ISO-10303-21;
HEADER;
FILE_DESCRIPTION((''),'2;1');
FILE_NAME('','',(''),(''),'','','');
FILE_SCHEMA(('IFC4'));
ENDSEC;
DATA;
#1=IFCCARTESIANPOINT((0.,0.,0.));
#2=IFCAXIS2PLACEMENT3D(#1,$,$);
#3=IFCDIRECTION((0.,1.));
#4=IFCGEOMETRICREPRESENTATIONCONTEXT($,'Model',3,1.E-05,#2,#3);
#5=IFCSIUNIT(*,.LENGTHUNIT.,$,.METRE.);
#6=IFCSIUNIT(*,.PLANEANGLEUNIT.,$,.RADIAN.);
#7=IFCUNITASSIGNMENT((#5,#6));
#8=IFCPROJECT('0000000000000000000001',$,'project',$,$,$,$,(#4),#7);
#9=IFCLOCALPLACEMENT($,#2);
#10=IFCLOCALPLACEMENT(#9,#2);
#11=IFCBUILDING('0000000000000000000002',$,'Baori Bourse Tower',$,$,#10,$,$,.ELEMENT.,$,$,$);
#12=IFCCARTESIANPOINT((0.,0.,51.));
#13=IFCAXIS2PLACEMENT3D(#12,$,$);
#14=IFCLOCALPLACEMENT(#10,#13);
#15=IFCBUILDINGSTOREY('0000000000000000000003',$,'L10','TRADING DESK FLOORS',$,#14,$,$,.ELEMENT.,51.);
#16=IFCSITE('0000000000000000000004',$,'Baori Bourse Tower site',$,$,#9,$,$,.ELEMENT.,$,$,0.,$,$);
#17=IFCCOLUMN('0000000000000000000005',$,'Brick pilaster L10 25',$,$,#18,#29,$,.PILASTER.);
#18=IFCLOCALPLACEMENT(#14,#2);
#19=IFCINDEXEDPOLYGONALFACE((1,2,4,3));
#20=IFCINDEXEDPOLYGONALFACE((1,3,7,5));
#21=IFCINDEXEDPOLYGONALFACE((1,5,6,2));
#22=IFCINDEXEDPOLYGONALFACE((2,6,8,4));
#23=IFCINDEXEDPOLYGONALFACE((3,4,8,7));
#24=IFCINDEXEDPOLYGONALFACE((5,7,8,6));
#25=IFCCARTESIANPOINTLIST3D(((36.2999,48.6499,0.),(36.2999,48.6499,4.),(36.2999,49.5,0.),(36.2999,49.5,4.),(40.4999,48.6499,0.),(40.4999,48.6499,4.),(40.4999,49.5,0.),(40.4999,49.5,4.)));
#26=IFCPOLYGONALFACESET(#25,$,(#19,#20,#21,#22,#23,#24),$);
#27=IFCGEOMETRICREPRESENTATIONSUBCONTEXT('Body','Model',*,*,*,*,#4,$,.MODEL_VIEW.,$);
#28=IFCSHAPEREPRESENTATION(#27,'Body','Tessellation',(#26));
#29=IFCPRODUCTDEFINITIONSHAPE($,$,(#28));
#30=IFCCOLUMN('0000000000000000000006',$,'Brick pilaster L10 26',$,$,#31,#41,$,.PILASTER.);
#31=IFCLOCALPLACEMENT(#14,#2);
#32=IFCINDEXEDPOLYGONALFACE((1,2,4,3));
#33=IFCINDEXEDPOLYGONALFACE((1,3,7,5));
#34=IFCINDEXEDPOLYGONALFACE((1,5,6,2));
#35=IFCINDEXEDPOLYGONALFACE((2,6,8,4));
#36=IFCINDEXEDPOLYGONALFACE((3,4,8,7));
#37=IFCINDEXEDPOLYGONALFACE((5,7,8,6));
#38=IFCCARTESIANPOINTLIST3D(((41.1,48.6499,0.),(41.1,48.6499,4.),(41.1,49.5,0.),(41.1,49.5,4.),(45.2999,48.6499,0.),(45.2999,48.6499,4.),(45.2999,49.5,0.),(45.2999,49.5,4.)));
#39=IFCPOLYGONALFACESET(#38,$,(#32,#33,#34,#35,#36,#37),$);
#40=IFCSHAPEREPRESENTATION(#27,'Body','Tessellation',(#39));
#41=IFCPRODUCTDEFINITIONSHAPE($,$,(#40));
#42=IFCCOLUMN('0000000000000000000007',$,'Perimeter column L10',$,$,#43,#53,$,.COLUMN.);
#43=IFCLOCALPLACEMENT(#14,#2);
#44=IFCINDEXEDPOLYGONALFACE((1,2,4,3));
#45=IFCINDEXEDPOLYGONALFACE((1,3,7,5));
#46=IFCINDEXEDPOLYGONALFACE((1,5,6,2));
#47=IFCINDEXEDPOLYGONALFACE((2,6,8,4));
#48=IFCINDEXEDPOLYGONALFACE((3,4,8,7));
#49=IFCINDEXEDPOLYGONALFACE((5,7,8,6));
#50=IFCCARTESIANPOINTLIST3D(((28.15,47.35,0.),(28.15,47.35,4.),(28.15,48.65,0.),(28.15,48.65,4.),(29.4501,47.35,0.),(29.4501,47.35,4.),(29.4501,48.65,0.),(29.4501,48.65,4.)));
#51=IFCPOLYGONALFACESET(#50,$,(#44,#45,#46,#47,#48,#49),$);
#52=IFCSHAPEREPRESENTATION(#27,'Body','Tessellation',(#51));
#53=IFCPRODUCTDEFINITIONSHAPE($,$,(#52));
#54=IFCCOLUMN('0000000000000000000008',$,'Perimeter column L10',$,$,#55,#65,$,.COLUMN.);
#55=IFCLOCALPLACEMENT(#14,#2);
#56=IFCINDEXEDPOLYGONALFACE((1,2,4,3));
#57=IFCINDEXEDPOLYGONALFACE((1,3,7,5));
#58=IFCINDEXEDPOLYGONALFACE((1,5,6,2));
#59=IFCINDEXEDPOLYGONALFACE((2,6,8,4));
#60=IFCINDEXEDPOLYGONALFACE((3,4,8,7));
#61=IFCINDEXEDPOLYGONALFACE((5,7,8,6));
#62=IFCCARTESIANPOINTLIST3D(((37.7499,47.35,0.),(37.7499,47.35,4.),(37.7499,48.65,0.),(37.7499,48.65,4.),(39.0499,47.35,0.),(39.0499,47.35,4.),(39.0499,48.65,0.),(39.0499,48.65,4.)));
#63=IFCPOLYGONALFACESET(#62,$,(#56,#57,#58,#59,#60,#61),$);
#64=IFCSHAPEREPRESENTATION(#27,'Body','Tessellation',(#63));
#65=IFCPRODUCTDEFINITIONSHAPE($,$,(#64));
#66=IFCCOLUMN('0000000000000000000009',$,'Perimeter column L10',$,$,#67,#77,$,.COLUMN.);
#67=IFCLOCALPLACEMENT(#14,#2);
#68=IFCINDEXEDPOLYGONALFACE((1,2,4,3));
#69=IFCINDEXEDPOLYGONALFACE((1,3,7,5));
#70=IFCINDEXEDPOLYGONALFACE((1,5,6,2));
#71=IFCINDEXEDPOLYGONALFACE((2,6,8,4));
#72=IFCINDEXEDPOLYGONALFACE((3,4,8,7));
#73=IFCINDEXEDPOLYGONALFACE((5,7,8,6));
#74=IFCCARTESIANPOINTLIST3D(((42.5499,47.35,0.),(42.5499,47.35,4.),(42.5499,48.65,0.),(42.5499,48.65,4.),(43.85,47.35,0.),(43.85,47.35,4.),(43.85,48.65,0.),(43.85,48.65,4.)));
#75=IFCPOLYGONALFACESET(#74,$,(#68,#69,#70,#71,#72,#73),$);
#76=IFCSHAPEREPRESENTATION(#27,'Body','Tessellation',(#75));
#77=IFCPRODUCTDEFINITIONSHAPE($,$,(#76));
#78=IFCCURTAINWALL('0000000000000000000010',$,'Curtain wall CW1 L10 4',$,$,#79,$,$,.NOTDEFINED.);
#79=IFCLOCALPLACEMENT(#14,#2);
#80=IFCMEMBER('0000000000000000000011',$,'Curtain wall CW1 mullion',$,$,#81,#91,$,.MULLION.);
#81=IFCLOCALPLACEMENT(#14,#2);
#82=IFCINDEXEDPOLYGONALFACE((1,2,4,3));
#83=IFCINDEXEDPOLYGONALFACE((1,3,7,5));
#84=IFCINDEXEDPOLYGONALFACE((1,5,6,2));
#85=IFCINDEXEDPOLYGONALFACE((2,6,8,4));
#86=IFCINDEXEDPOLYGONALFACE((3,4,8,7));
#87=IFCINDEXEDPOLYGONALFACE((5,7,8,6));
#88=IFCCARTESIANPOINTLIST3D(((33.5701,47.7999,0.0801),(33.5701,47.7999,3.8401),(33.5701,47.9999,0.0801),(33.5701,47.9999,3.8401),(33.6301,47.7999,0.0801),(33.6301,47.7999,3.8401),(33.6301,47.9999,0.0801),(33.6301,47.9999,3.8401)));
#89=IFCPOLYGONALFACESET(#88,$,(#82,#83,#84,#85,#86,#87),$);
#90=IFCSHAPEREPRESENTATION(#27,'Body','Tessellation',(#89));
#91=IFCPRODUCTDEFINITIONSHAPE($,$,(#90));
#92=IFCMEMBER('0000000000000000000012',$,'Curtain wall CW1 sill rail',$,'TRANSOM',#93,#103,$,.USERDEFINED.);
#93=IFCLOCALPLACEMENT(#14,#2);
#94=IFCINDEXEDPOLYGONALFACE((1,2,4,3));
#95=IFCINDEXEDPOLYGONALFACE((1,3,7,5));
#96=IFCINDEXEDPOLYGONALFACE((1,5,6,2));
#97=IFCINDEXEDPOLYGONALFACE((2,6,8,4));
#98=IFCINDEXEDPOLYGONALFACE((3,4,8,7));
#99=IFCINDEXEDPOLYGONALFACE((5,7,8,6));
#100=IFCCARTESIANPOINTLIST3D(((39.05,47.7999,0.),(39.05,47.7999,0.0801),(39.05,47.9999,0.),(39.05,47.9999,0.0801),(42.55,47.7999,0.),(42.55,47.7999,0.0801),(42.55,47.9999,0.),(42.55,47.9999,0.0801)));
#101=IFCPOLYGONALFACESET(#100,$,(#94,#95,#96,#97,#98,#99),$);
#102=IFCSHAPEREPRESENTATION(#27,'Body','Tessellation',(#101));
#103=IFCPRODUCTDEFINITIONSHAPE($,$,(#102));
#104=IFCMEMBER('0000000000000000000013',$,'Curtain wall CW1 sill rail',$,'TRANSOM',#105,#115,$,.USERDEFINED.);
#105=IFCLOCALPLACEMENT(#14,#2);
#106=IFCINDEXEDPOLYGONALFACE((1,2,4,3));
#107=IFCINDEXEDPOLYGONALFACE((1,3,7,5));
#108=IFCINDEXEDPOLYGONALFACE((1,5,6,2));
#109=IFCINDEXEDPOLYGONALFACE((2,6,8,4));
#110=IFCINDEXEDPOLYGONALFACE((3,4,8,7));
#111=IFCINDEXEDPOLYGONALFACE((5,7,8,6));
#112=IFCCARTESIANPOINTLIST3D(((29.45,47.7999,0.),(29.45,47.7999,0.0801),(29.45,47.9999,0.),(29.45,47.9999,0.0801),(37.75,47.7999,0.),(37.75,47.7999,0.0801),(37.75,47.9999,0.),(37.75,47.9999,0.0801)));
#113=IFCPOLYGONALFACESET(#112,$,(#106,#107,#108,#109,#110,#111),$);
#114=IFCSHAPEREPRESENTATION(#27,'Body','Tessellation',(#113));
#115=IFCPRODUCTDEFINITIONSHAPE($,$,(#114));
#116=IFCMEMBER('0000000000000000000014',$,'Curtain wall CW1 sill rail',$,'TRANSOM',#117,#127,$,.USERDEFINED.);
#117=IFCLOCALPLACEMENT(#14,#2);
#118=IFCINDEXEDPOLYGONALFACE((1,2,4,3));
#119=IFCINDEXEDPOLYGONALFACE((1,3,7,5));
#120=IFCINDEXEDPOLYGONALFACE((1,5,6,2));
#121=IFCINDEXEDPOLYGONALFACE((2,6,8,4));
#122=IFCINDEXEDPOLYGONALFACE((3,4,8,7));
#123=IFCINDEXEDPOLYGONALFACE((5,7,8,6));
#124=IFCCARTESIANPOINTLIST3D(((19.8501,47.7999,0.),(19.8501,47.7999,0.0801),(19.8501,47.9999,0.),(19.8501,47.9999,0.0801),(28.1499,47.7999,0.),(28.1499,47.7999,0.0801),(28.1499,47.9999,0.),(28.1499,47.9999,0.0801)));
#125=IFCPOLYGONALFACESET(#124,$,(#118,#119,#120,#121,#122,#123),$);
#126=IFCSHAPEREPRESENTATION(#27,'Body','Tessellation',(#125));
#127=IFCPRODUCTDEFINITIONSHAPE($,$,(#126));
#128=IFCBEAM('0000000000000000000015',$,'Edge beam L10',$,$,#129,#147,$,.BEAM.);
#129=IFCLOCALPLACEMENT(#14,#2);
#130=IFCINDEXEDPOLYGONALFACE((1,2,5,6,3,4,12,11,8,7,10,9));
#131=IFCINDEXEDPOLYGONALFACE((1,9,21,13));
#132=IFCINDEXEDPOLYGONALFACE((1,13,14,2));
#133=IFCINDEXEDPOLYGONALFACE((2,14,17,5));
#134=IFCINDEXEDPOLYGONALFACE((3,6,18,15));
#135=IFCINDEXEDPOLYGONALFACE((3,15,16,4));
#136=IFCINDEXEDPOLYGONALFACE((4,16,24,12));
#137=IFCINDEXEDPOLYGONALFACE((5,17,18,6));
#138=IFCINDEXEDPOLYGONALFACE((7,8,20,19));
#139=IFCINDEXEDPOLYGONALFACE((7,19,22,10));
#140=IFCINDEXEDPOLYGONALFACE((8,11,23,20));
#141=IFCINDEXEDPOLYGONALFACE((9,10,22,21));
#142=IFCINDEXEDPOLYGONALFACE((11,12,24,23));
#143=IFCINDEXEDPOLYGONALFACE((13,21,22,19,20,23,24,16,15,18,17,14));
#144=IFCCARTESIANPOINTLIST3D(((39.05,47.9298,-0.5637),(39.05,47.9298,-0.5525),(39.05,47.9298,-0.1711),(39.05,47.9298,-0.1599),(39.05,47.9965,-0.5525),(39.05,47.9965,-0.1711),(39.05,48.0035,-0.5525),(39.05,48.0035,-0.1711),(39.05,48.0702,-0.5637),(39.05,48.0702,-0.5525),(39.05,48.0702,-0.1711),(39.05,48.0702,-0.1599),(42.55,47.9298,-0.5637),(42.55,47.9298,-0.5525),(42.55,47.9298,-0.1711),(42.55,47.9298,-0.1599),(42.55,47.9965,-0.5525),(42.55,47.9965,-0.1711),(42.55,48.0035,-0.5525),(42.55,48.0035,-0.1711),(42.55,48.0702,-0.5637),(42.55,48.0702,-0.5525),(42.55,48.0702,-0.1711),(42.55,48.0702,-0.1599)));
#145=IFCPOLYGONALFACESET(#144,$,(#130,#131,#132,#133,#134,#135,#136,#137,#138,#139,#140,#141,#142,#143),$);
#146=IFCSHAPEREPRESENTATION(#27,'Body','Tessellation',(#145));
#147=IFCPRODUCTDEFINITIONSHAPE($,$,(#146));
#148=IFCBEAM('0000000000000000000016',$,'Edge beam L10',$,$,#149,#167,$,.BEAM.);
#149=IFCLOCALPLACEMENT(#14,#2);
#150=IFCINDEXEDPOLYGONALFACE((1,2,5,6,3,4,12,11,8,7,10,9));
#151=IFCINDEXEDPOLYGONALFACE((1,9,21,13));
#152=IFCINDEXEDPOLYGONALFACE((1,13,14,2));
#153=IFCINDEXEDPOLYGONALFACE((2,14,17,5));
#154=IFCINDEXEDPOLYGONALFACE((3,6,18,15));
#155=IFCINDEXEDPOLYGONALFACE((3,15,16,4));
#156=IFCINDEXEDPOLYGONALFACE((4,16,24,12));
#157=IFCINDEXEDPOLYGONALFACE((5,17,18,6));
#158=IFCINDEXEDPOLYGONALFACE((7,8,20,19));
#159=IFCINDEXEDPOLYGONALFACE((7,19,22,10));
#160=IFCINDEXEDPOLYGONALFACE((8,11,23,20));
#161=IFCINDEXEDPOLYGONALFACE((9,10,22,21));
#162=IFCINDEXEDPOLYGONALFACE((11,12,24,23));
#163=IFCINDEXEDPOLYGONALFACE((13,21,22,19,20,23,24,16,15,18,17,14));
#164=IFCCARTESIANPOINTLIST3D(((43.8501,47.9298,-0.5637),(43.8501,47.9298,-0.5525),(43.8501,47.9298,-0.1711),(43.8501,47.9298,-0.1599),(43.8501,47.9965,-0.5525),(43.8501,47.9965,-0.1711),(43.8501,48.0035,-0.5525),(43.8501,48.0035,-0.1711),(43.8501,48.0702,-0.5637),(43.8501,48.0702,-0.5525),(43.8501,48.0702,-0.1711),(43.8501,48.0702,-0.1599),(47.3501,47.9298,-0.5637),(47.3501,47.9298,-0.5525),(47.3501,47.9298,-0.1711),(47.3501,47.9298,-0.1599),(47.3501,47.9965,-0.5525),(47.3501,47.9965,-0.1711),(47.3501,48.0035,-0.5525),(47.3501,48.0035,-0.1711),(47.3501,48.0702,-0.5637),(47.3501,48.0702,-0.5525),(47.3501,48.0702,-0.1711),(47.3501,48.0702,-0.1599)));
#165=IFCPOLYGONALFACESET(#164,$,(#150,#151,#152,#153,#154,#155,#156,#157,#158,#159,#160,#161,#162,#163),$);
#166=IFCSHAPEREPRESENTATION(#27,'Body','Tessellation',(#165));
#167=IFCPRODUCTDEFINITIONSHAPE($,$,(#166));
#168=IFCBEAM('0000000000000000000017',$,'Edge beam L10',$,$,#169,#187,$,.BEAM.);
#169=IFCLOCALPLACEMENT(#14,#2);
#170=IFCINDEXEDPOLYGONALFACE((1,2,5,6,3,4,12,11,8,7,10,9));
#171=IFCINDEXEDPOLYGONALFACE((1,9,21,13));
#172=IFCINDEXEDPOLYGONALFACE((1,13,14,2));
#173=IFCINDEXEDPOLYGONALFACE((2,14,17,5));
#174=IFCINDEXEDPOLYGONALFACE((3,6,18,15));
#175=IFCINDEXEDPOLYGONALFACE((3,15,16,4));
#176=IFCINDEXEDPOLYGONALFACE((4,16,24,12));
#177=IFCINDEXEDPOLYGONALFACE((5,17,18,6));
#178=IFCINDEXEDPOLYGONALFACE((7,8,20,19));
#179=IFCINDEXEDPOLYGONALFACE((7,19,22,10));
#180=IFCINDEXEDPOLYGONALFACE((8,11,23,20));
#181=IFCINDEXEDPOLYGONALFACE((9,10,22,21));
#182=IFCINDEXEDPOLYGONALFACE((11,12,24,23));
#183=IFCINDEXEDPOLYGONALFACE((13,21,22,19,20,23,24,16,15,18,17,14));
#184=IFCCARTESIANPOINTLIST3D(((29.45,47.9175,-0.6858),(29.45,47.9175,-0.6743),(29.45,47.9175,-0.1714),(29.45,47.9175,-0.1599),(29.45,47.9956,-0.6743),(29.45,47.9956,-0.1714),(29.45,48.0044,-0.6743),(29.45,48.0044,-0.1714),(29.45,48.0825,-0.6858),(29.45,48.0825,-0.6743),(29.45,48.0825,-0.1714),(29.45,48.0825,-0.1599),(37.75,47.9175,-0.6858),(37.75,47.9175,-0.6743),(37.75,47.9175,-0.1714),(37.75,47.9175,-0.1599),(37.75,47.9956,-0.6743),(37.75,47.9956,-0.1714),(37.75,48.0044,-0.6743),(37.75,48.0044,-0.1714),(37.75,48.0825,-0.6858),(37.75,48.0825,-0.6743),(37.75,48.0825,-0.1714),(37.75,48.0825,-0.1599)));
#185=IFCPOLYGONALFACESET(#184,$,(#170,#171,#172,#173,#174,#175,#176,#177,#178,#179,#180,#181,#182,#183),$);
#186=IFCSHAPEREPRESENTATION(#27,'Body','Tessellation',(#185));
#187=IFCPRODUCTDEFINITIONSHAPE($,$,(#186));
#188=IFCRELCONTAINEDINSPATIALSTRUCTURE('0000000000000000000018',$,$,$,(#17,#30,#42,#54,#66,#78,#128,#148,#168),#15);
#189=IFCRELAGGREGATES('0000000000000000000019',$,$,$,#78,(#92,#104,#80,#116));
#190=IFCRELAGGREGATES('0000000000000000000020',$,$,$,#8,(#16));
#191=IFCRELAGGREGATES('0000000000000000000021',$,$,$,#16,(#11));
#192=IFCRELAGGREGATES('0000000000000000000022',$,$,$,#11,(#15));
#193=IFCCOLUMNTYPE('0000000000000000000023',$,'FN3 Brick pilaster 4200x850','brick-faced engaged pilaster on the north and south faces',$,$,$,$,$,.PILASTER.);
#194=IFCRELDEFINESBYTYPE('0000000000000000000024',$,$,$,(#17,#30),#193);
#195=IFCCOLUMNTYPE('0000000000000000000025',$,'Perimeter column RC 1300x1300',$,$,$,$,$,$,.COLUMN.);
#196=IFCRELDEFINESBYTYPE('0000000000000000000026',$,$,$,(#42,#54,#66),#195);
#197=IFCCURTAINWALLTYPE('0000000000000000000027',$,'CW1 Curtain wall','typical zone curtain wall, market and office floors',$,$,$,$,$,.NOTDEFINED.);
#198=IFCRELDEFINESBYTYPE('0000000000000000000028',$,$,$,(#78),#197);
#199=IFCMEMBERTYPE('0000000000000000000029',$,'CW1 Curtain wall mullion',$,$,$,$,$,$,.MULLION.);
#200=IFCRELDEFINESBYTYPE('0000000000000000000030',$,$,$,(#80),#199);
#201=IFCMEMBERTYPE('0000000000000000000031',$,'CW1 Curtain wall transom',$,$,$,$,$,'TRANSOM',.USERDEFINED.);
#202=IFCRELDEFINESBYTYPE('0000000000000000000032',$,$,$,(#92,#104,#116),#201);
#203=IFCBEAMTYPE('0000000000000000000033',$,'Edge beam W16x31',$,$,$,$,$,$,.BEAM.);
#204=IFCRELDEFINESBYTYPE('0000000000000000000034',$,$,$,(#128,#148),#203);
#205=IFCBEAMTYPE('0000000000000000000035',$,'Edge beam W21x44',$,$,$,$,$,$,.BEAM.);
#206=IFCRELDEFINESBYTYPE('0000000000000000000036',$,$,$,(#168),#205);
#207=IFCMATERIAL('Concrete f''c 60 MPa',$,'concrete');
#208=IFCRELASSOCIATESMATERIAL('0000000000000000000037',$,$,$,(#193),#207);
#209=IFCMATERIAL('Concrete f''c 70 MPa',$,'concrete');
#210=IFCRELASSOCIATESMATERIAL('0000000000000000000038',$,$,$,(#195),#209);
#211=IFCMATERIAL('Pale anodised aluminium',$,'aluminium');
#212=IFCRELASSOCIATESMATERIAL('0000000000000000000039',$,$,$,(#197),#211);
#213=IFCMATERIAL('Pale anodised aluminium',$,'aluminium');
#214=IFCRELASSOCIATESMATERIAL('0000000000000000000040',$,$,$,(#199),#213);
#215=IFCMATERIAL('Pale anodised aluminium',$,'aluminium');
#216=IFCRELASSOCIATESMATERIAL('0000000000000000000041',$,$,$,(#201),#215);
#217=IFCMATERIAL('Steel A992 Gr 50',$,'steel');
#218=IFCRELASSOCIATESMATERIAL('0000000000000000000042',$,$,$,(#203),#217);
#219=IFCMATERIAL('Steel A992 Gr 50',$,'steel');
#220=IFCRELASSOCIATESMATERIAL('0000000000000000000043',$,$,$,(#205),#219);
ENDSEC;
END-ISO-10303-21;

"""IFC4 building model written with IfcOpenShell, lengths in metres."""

from ifc_helpers import new_model, si_unit, direction, frame, origin, origin_2d, place, context, subcontext, project, spatial, rectangle, i_section, extrude, material, material_profile, profile_set, type_object, element, aggregate, save


model = new_model("IFC4")

# Units and contexts
model_context = context("Model", 3, precision=1e-05, world=origin(), true_north=direction((0.0, 1.0)))
body_context = subcontext(model_context, "Body", "Model", "MODEL_VIEW")
ifc_project = project(units=[si_unit("LENGTHUNIT", "METRE"), si_unit("PLANEANGLEUNIT", "RADIAN")], contexts=[model_context])

# Site, building, storey
site_placement = place(None, origin())
site = spatial("IfcSite", under=ifc_project, at=site_placement, Name="Baori Bourse Tower site", CompositionType="ELEMENT", RefElevation=0.0)
building_placement = place(site_placement, origin())
building = spatial("IfcBuilding", under=site, at=building_placement, Name="Baori Bourse Tower", CompositionType="ELEMENT")
storey_placement = place(building_placement, frame((0.0, 0.0, 51.0)))
storey = spatial("IfcBuildingStorey", under=building, at=storey_placement, Name="L10", Description="TRADING DESK FLOORS", CompositionType="ELEMENT", Elevation=51.0)

# Columns
ifc_material_1 = material(Name="Concrete f'c 60 MPa", Category="concrete")
ifc_material_profile_1 = material_profile(ifc_material_1, rectangle(XDim=4.2, YDim=0.8501, at=origin_2d()), Name="RC 4200x850")
ifc_profile_set_1 = profile_set([ifc_material_profile_1], Name="Concrete f'c 60 MPa")
column_type_1 = type_object("IfcColumnType", Name="FN3 Brick pilaster 4200x850", Description="brick-faced engaged pilaster on the north and south faces", PredefinedType="PILASTER", material=ifc_profile_set_1)
for number, where, z_axis, x_axis, name in (
    (1, (38.3999, 49.075, 0.0), (0.0, 0.0, 1.0), (1.0, 0.0, 0.0), "Brick pilaster L10 25"),
    (2, (43.2, 49.075, 0.0), (0.0, 0.0, 1.0), (1.0, 0.0, 0.0), "Brick pilaster L10 26"),
):
    element("IfcColumn", number, at=place(storey_placement, frame(where, z_axis=z_axis, x_axis=x_axis)), inside=storey, type_object=column_type_1, Name=name, PredefinedType="PILASTER", context=body_context, shape_type="SweptSolid", body=[
        extrude(rectangle(XDim=4.2, YDim=0.8501, at=origin_2d()), origin(), (0.0, 0.0, 1.0), 4.0),
    ])
ifc_material_2 = material(Name="Concrete f'c 70 MPa", Category="concrete")
ifc_material_profile_2 = material_profile(ifc_material_2, rectangle(XDim=1.3, YDim=1.3, at=origin_2d()), Name="RC 1300x1300")
ifc_profile_set_2 = profile_set([ifc_material_profile_2], Name="Concrete f'c 70 MPa")
column_type_2 = type_object("IfcColumnType", Name="Perimeter column RC 1300x1300", PredefinedType="COLUMN", material=ifc_profile_set_2)
for number, where, z_axis, x_axis, name in (
    (3, (28.8, 48.0, 0.0), (0.0, 0.0, 1.0), (1.0, 0.0, 0.0), "Perimeter column L10"),
    (4, (38.3999, 48.0, 0.0), (0.0, 0.0, 1.0), (1.0, 0.0, 0.0), "Perimeter column L10"),
    (5, (43.2, 48.0, 0.0), (0.0, 0.0, 1.0), (1.0, 0.0, 0.0), "Perimeter column L10"),
):
    element("IfcColumn", number, at=place(storey_placement, frame(where, z_axis=z_axis, x_axis=x_axis)), inside=storey, type_object=column_type_2, Name=name, PredefinedType="COLUMN", context=body_context, shape_type="SweptSolid", body=[
        extrude(rectangle(XDim=1.3, YDim=1.3, at=origin_2d()), origin(), (0.0, 0.0, 1.0), 4.0),
    ])

# Curtain wall, members
ifc_material_3 = material(Name="Pale anodised aluminium", Category="aluminium")
curtain_wall_type = type_object("IfcCurtainWallType", Name="CW1 Curtain wall", Description="typical zone curtain wall, market and office floors", PredefinedType="NOTDEFINED", material=ifc_material_3)
curtain_wall_placement = place(storey_placement, origin())
curtain_wall = element("IfcCurtainWall", 6, at=curtain_wall_placement, inside=storey, type_object=curtain_wall_type, Name="Curtain wall CW1 L10 4", PredefinedType="NOTDEFINED")
ifc_material_4 = material(Name="Pale anodised aluminium", Category="aluminium")
ifc_material_profile_3 = material_profile(ifc_material_4, rectangle(XDim=0.2, YDim=0.0601, at=origin_2d()), Name="Mullion 60x200")
ifc_profile_set_3 = profile_set([ifc_material_profile_3], Name="Pale anodised aluminium")
member_type_1 = type_object("IfcMemberType", Name="CW1 Curtain wall mullion", PredefinedType="MULLION", material=ifc_profile_set_3)
member_1_placement = place(storey_placement, frame((33.6001, 47.8999, 0.0801), z_axis=(0.0, 0.0, 1.0), x_axis=(0.0, -1.0, 0.0)))
member_1 = element("IfcMember", 7, at=member_1_placement, type_object=member_type_1, Name="Curtain wall CW1 mullion", PredefinedType="MULLION", context=body_context, shape_type="SweptSolid", body=[
    extrude(rectangle(XDim=0.2, YDim=0.0601, at=origin_2d()), origin(), (0.0, 0.0, 1.0), 3.76),
])
ifc_material_5 = material(Name="Pale anodised aluminium", Category="aluminium")
ifc_material_profile_4 = material_profile(ifc_material_5, rectangle(XDim=0.2, YDim=0.0801, at=origin_2d()), Name="Transom 80x200")
ifc_profile_set_4 = profile_set([ifc_material_profile_4], Name="Pale anodised aluminium")
member_type_2 = type_object("IfcMemberType", Name="CW1 Curtain wall transom", ElementType="TRANSOM", PredefinedType="USERDEFINED", material=ifc_profile_set_4)
member_2_placement = place(storey_placement, frame((42.55, 47.8999, 0.04), z_axis=(-1.0, 0.0, 0.0), x_axis=(0.0, -1.0, 0.0)))
member_2 = element("IfcMember", 8, at=member_2_placement, type_object=member_type_2, Name="Curtain wall CW1 sill rail", ObjectType="TRANSOM", PredefinedType="USERDEFINED", context=body_context, shape_type="SweptSolid", body=[
    extrude(rectangle(XDim=0.2, YDim=0.0801, at=origin_2d()), origin(), (0.0, 0.0, 1.0), 3.5),
])
member_3_placement = place(storey_placement, frame((37.75, 47.8999, 0.04), z_axis=(-1.0, 0.0, 0.0), x_axis=(0.0, -1.0, 0.0)))
member_3 = element("IfcMember", 9, at=member_3_placement, type_object=member_type_2, Name="Curtain wall CW1 sill rail", ObjectType="TRANSOM", PredefinedType="USERDEFINED", context=body_context, shape_type="SweptSolid", body=[
    extrude(rectangle(XDim=0.2, YDim=0.0801, at=origin_2d()), origin(), (0.0, 0.0, 1.0), 8.3),
])
member_4_placement = place(storey_placement, frame((28.1499, 47.8999, 0.04), z_axis=(-1.0, 0.0, 0.0), x_axis=(0.0, -1.0, 0.0)))
member_4 = element("IfcMember", 10, at=member_4_placement, type_object=member_type_2, Name="Curtain wall CW1 sill rail", ObjectType="TRANSOM", PredefinedType="USERDEFINED", context=body_context, shape_type="SweptSolid", body=[
    extrude(rectangle(XDim=0.2, YDim=0.0801, at=origin_2d()), origin(), (0.0, 0.0, 1.0), 8.2998),
])

# Beams
ifc_material_6 = material(Name="Steel A992 Gr 50", Category="steel")
ifc_material_profile_5 = material_profile(ifc_material_6, i_section(OverallWidth=0.1404, OverallDepth=0.4038, WebThickness=0.0071, FlangeThickness=0.0112, at=origin_2d()), Name="W16x31")
ifc_profile_set_5 = profile_set([ifc_material_profile_5], Name="Steel A992 Gr 50")
beam_type_1 = type_object("IfcBeamType", Name="Edge beam W16x31", PredefinedType="BEAM", material=ifc_profile_set_5)
for number, where, z_axis, x_axis, name in (
    (11, (39.05, 48.0, -0.3618), (1.0, 0.0, 0.0), (0.0, 1.0, 0.0), "Edge beam L10"),
    (12, (43.8501, 48.0, -0.3618), (1.0, 0.0, 0.0), (0.0, 1.0, 0.0), "Edge beam L10"),
):
    element("IfcBeam", number, at=place(storey_placement, frame(where, z_axis=z_axis, x_axis=x_axis)), inside=storey, type_object=beam_type_1, Name=name, PredefinedType="BEAM", context=body_context, shape_type="SweptSolid", body=[
        extrude(i_section(OverallWidth=0.1404, OverallDepth=0.4038, WebThickness=0.0071, FlangeThickness=0.0112, at=origin_2d()), origin(), (0.0, 0.0, 1.0), 3.5),
    ])
ifc_material_7 = material(Name="Steel A992 Gr 50", Category="steel")
ifc_material_profile_6 = material_profile(ifc_material_7, i_section(OverallWidth=0.165, OverallDepth=0.5259, WebThickness=0.0088, FlangeThickness=0.0115, at=origin_2d()), Name="W21x44")
ifc_profile_set_6 = profile_set([ifc_material_profile_6], Name="Steel A992 Gr 50")
beam_type_2 = type_object("IfcBeamType", Name="Edge beam W21x44", PredefinedType="BEAM", material=ifc_profile_set_6)
beam_placement = place(storey_placement, frame((29.45, 48.0, -0.4229), z_axis=(1.0, 0.0, 0.0), x_axis=(0.0, 1.0, 0.0)))
element("IfcBeam", 13, at=beam_placement, inside=storey, type_object=beam_type_2, Name="Edge beam L10", PredefinedType="BEAM", context=body_context, shape_type="SweptSolid", body=[
    extrude(i_section(OverallWidth=0.165, OverallDepth=0.5259, WebThickness=0.0088, FlangeThickness=0.0115, at=origin_2d()), origin(), (0.0, 0.0, 1.0), 8.3),
])

aggregate(curtain_wall, [member_2, member_3, member_1, member_4])

save(model, "model.ifc")
